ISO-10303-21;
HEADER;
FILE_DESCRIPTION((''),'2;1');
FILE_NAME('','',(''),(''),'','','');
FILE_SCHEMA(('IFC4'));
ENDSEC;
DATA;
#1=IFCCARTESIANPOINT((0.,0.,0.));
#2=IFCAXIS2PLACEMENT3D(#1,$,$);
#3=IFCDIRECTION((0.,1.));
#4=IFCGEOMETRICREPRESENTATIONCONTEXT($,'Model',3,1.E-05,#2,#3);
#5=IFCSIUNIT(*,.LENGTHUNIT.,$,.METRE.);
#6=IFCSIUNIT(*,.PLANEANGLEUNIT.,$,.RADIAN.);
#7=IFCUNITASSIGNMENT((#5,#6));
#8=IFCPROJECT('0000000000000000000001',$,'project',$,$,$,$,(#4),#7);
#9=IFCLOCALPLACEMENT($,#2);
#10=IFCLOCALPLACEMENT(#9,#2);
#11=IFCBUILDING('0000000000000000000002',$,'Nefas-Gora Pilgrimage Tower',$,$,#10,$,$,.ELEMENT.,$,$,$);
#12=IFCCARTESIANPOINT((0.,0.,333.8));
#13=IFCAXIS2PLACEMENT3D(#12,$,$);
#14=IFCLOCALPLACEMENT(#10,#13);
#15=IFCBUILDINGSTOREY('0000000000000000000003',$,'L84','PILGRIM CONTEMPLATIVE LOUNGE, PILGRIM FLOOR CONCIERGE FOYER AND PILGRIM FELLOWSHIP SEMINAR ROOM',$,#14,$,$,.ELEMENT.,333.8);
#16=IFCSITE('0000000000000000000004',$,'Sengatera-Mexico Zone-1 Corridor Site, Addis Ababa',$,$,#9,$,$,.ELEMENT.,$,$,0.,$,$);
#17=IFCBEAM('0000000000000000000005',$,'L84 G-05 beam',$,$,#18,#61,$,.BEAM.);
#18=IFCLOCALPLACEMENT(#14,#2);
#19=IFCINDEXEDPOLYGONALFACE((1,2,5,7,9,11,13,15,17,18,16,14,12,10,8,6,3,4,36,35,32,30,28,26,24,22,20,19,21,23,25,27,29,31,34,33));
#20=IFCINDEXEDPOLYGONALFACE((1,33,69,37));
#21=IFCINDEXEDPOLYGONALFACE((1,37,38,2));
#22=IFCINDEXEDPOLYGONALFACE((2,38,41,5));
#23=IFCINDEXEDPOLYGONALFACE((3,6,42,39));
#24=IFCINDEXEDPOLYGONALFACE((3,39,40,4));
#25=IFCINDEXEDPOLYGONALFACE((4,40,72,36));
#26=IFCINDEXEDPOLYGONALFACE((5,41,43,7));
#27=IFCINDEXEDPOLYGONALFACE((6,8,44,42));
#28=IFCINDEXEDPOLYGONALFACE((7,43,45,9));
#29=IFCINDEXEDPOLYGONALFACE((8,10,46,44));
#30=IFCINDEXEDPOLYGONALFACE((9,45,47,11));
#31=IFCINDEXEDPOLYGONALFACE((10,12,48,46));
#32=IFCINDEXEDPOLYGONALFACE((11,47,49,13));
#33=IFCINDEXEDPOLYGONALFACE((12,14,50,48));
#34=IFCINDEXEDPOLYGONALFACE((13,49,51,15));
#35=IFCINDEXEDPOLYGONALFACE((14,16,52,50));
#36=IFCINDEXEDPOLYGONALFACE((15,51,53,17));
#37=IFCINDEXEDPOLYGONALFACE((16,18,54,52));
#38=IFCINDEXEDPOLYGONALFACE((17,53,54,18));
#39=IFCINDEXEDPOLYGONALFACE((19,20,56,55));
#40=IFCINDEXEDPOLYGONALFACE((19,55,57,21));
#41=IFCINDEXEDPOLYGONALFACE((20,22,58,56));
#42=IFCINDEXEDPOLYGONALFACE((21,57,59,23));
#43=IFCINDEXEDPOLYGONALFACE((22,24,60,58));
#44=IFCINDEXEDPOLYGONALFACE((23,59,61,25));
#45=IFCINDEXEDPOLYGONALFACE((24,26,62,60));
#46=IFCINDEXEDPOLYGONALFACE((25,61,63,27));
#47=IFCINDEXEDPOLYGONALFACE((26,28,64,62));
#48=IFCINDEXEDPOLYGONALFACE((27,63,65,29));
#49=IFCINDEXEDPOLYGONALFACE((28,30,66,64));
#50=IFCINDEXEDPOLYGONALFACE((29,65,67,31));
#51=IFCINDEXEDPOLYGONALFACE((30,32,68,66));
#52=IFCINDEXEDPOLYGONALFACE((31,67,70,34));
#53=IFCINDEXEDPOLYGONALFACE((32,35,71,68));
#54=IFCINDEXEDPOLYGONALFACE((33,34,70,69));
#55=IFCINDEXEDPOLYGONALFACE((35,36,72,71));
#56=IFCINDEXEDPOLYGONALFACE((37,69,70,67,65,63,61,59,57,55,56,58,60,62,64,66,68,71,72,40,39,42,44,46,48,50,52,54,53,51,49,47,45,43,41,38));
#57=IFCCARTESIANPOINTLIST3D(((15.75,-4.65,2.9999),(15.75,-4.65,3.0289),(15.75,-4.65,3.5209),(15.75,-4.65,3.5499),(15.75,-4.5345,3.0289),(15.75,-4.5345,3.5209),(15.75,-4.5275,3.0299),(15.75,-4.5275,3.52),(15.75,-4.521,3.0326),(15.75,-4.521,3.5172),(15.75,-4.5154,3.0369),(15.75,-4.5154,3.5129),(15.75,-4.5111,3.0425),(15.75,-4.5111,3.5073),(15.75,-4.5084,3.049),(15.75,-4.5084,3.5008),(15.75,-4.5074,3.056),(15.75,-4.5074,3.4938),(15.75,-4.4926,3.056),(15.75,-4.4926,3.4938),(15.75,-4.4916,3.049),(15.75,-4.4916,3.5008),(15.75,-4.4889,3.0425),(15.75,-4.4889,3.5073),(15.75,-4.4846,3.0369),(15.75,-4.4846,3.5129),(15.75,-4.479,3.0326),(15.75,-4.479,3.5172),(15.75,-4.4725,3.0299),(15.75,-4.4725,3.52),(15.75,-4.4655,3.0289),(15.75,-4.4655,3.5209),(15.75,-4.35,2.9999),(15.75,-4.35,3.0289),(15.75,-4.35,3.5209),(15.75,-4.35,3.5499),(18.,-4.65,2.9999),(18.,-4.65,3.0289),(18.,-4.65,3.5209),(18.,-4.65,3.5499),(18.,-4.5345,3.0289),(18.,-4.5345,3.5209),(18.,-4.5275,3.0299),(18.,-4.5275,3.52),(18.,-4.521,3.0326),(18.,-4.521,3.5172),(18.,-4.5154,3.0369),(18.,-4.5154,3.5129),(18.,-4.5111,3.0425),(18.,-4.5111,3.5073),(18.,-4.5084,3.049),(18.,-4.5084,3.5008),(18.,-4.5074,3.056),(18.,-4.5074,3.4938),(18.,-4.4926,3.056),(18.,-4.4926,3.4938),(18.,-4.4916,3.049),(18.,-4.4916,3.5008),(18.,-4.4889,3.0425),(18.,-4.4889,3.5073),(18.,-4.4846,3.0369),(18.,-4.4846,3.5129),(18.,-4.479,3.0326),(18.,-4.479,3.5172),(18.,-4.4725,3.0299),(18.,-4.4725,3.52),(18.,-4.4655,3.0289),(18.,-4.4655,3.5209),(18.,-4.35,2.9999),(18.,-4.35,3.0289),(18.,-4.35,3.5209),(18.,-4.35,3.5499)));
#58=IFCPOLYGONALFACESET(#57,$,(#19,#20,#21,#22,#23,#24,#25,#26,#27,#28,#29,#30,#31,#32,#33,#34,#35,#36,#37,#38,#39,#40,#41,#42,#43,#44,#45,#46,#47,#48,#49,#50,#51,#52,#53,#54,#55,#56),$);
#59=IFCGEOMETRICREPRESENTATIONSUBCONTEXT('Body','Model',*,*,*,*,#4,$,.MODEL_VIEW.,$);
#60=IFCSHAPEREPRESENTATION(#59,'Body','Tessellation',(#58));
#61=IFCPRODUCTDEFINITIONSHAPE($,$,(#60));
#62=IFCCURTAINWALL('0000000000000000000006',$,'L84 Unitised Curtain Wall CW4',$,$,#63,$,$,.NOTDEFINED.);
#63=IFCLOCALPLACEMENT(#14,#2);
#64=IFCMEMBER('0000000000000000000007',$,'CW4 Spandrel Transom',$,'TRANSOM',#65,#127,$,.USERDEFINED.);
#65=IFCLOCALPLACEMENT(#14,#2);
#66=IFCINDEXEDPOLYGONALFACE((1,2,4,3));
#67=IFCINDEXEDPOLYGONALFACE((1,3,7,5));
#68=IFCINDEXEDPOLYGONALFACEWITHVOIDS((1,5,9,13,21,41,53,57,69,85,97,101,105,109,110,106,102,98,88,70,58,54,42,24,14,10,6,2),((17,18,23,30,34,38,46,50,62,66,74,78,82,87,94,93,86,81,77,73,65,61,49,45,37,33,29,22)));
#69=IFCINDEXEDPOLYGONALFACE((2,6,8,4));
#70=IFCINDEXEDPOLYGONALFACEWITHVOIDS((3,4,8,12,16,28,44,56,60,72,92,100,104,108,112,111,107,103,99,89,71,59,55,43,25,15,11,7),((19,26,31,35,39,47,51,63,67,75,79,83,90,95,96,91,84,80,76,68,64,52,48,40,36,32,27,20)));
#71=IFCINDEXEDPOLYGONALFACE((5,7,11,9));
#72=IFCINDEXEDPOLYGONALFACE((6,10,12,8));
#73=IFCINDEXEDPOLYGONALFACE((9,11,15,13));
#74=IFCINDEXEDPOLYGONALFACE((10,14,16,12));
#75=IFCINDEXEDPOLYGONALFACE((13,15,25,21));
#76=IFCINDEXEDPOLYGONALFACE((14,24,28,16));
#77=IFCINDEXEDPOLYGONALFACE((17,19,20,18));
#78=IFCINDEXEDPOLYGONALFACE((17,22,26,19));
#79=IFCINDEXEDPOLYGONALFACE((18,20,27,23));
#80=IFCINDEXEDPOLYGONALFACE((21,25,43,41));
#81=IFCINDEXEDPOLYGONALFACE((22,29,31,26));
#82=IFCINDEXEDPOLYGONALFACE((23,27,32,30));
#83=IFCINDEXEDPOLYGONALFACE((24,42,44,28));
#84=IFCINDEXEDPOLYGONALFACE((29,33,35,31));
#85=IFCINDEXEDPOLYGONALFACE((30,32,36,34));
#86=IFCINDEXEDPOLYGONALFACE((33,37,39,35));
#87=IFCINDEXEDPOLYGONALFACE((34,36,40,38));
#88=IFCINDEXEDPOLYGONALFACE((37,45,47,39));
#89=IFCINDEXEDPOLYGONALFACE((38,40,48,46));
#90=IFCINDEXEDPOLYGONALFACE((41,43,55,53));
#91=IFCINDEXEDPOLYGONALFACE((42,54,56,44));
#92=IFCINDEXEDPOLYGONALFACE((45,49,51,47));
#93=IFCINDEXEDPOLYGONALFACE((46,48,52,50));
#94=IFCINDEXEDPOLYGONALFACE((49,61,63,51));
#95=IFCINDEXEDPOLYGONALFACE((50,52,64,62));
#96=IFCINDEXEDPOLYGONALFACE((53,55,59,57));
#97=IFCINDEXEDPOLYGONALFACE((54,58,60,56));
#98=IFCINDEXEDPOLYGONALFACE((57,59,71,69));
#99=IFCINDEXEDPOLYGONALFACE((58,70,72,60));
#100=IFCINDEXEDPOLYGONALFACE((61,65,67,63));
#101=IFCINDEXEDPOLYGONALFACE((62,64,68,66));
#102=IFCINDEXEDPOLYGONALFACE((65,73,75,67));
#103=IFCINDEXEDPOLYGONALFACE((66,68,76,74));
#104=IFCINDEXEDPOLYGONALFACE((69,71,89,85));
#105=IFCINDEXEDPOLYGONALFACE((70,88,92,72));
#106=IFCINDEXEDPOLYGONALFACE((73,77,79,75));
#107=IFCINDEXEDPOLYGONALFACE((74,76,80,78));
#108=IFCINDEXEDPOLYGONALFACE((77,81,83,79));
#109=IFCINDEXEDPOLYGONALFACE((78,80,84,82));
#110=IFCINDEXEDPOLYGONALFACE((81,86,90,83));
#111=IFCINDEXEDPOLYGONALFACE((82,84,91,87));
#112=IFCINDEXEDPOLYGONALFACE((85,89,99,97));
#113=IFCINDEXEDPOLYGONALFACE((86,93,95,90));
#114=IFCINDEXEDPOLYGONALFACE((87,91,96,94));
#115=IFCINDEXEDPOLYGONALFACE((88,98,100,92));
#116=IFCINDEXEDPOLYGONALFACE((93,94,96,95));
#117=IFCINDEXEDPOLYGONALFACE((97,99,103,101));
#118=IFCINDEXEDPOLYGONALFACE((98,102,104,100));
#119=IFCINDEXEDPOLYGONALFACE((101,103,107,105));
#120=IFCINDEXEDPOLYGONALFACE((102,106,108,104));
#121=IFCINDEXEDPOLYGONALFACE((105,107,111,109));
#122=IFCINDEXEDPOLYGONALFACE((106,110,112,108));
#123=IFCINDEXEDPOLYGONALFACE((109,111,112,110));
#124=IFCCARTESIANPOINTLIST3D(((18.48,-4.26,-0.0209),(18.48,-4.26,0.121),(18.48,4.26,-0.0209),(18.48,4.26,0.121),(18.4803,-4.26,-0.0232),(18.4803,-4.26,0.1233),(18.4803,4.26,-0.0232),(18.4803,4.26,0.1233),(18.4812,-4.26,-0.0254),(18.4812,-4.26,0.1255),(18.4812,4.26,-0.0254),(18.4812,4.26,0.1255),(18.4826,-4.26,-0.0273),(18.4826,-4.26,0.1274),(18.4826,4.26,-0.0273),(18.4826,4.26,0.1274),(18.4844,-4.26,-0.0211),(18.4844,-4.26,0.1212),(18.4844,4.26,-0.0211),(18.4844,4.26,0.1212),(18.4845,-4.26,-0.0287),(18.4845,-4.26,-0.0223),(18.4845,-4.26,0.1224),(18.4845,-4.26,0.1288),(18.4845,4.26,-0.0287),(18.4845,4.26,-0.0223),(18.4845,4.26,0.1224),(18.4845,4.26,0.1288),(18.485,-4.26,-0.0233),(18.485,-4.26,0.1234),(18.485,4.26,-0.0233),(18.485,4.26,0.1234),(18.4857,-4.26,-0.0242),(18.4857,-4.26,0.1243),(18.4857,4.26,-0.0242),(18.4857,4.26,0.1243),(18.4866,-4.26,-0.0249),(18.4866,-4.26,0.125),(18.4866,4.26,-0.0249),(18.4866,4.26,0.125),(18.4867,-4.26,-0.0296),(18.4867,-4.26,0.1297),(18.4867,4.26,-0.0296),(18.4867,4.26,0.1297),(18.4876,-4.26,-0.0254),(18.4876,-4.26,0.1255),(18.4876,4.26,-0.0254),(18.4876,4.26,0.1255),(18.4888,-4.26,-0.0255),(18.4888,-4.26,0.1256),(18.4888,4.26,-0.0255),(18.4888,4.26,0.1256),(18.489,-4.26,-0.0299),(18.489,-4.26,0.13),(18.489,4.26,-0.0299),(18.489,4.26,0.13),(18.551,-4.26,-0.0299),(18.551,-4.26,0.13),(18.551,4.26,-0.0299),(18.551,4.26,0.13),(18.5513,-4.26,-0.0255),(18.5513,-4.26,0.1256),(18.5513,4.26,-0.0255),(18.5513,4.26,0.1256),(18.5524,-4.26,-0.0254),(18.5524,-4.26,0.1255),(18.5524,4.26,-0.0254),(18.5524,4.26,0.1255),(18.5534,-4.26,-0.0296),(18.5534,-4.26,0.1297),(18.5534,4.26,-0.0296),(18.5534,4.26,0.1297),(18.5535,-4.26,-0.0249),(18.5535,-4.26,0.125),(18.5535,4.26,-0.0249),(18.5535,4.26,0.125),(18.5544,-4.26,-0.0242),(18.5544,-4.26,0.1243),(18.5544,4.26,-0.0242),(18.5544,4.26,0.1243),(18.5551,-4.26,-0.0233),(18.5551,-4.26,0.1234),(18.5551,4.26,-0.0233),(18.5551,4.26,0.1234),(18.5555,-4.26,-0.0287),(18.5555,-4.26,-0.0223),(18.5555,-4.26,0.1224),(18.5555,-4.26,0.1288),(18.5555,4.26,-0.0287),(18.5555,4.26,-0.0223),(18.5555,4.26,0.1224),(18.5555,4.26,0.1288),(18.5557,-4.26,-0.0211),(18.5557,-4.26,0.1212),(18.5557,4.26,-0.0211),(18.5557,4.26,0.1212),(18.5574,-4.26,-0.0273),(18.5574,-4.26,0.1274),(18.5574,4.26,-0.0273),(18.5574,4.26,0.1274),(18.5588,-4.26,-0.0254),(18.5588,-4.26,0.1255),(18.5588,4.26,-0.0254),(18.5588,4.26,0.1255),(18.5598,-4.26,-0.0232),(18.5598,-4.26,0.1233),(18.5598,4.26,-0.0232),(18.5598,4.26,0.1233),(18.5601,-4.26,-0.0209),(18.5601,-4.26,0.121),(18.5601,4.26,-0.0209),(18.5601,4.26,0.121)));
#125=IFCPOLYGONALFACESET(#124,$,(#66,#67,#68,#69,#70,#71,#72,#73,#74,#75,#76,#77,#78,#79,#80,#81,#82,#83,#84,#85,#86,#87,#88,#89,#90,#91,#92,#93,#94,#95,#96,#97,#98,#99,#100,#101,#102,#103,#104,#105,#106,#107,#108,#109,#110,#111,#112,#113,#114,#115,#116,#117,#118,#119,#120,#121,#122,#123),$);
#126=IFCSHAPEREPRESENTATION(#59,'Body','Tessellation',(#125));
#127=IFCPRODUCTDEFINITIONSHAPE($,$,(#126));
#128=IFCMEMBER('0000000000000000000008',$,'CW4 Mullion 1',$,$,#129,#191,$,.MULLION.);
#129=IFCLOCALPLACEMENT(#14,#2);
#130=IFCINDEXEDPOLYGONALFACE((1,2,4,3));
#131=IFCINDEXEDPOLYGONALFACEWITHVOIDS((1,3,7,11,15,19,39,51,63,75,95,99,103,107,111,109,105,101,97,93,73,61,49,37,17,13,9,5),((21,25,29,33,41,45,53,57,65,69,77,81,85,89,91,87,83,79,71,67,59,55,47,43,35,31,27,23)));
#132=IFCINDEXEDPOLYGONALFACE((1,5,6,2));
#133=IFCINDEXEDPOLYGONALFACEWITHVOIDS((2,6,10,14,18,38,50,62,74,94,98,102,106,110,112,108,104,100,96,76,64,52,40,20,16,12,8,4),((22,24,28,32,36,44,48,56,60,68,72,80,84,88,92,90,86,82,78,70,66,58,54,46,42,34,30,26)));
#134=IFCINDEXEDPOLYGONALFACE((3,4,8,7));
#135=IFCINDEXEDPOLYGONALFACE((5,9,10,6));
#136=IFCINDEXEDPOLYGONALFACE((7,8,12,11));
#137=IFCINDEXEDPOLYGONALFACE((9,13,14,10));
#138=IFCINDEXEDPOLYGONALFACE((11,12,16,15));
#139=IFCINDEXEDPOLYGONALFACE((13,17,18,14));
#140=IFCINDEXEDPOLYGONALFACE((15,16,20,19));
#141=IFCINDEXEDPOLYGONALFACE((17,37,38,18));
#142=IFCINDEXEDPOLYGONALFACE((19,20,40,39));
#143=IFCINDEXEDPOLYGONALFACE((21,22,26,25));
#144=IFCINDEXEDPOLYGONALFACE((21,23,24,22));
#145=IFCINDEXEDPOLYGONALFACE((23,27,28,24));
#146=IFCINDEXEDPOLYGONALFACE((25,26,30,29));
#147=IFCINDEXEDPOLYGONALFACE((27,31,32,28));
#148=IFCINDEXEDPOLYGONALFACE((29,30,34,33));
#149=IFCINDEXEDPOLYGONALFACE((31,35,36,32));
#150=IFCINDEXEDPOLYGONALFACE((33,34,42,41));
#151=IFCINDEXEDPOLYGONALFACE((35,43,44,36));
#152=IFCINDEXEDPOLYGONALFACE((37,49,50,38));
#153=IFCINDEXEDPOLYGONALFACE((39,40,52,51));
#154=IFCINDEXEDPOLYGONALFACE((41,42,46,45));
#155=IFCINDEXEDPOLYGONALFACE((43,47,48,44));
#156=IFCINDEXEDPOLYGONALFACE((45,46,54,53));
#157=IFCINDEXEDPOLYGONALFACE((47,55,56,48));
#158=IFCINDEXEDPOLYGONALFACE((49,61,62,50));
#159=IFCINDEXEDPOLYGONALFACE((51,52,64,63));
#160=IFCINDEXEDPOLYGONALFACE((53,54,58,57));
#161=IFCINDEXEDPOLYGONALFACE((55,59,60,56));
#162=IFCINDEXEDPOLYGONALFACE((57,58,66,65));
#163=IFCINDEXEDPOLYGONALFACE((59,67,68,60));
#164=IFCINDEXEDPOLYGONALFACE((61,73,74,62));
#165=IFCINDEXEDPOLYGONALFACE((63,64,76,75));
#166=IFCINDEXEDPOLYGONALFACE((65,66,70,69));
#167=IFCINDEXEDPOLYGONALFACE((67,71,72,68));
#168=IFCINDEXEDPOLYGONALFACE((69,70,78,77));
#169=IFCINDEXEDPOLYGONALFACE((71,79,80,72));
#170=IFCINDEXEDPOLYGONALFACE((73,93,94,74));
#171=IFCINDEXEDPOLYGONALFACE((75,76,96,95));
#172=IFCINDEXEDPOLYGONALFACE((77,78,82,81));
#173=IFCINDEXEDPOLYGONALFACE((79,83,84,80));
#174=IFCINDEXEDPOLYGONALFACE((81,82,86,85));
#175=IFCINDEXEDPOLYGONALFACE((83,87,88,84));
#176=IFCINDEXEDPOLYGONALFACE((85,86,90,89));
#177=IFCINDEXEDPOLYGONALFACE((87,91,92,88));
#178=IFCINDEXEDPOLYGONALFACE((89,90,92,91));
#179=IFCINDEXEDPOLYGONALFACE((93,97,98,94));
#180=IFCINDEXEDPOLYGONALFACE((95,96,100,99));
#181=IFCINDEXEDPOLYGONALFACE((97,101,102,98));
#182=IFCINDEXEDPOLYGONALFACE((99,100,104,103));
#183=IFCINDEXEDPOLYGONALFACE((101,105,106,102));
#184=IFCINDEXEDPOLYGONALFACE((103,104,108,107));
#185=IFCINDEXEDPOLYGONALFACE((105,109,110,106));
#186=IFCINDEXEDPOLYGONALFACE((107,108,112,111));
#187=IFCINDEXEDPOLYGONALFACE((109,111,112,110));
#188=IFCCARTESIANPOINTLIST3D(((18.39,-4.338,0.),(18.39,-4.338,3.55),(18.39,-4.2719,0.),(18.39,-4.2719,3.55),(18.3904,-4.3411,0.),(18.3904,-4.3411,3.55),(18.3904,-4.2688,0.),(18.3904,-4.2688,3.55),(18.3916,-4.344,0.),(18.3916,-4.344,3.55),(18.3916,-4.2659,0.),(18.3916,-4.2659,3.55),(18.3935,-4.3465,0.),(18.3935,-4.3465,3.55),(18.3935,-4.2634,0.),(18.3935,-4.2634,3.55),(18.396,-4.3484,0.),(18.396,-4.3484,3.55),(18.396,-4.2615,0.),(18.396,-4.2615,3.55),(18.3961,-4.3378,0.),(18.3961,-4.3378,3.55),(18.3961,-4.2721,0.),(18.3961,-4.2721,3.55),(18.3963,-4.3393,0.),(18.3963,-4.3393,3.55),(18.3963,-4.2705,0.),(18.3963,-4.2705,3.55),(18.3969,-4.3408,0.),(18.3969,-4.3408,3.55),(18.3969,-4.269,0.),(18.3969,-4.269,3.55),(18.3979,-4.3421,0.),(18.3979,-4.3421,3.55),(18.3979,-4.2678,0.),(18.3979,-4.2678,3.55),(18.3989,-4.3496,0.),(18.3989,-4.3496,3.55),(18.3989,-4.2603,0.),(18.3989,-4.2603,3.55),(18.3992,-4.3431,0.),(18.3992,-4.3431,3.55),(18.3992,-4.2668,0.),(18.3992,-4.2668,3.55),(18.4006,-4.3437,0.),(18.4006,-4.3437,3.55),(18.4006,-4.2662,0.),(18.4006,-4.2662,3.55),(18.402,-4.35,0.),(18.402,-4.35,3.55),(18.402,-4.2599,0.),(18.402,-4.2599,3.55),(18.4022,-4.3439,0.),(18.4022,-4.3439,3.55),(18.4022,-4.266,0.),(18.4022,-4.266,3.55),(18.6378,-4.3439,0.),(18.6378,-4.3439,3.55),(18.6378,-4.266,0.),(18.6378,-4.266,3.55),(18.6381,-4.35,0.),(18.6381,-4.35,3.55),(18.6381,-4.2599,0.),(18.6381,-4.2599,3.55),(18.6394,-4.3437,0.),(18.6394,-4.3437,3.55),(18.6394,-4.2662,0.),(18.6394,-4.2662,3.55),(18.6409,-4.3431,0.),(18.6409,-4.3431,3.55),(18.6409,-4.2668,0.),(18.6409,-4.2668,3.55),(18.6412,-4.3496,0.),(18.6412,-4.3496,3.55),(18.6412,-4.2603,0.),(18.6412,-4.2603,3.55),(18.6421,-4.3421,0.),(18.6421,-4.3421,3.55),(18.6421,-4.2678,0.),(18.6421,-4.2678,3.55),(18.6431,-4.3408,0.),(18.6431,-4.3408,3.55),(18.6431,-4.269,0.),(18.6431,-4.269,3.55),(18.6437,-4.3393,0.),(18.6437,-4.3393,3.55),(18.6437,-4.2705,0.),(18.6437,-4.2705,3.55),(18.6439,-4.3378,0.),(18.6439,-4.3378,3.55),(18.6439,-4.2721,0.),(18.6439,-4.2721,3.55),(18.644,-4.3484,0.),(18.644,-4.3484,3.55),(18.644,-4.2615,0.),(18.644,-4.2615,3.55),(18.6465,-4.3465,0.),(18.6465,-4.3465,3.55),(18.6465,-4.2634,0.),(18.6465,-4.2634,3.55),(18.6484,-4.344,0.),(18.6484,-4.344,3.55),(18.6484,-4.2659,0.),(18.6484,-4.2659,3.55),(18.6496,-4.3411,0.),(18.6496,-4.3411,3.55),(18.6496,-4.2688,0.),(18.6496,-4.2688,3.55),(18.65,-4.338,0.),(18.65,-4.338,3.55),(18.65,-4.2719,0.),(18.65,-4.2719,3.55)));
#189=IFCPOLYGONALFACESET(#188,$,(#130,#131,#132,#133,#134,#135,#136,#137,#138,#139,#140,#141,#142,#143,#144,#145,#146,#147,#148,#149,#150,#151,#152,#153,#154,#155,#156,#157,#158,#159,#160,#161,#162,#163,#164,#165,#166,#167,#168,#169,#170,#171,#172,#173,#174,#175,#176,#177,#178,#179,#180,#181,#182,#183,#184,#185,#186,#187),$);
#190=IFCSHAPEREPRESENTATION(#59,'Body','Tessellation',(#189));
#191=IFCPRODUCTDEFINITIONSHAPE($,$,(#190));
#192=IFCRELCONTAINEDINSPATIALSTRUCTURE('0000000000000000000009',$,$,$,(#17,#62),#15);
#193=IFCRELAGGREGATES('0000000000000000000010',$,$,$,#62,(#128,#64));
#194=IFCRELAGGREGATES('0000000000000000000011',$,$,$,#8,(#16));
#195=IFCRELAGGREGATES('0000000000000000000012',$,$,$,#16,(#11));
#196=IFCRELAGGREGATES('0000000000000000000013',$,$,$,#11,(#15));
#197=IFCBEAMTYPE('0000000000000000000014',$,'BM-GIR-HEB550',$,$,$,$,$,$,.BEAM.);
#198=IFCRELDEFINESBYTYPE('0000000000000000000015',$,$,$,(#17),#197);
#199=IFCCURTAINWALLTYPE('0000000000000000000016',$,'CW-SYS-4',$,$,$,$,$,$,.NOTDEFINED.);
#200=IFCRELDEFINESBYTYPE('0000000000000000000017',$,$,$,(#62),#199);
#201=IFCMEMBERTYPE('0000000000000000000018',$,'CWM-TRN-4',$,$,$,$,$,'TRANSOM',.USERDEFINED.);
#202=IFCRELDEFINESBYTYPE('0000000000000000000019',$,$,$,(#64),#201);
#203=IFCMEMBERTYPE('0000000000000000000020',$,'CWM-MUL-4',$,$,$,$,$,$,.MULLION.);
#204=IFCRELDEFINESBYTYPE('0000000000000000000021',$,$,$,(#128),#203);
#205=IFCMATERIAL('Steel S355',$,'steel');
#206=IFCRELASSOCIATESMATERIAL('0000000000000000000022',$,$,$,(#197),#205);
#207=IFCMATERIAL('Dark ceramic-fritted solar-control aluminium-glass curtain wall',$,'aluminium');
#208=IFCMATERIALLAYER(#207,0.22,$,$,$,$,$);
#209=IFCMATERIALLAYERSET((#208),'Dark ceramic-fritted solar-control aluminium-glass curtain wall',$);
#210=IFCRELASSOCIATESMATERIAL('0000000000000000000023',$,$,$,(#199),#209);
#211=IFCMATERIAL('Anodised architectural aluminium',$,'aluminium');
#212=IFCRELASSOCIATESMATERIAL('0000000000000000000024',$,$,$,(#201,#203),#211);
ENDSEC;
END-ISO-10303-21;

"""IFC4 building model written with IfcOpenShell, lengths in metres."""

from ifc_helpers import new_model, si_unit, direction, frame, origin, origin_2d, place, context, subcontext, project, spatial, hollow_rectangle, i_section, extrude, source, transform, mapped, material, layer, layer_set, material_profile, profile_set, type_object, element, aggregate, save


model = new_model("IFC4")

# Units and contexts
model_context = context("Model", 3, precision=1e-05, world=origin(), true_north=direction((0.0, 1.0)))
body_context = subcontext(model_context, "Body", "Model", "MODEL_VIEW")
ifc_project = project(units=[si_unit("LENGTHUNIT", "METRE"), si_unit("PLANEANGLEUNIT", "RADIAN")], contexts=[model_context])

# Site, building, storey
site_placement = place(None, origin())
site = spatial("IfcSite", under=ifc_project, at=site_placement, Name="Sengatera-Mexico Zone-1 Corridor Site, Addis Ababa", CompositionType="ELEMENT", RefElevation=0.0)
building_placement = place(site_placement, origin())
building = spatial("IfcBuilding", under=site, at=building_placement, Name="Nefas-Gora Pilgrimage Tower", CompositionType="ELEMENT")
storey_placement = place(building_placement, frame((0.0, 0.0, 333.8)))
storey = spatial("IfcBuildingStorey", under=building, at=storey_placement, Name="L84", Description="PILGRIM CONTEMPLATIVE LOUNGE, PILGRIM FLOOR CONCIERGE FOYER AND PILGRIM FELLOWSHIP SEMINAR ROOM", CompositionType="ELEMENT", Elevation=333.8)

# Shared definitions
ifc_material_1 = material(Name="Steel S355", Category="steel")

# Beam
ifc_material_profile_1 = material_profile(ifc_material_1, i_section(OverallWidth=0.3, OverallDepth=0.55, WebThickness=0.0149, FlangeThickness=0.0291, FilletRadius=0.0271, at=origin_2d()), Name="HEB 550")
ifc_profile_set_1 = profile_set([ifc_material_profile_1], Name="Steel S355")
beam_type_1 = type_object("IfcBeamType", Name="BM-GIR-HEB550", PredefinedType="BEAM", material=ifc_profile_set_1)
shared_shape_1 = source(origin(), body_context, "Body", "SweptSolid", [
    extrude(i_section(OverallWidth=0.3, OverallDepth=0.55, WebThickness=0.0149, FlangeThickness=0.0291, FilletRadius=0.0271, at=origin_2d()), origin(), (0.0, 0.0, 1.0), 2.25),
])
beam_1_placement = place(storey_placement, frame((15.75, -4.5, 3.2749), z_axis=(1.0, 0.0, 0.0), x_axis=(0.0, 1.0, 0.0)))
element("IfcBeam", 1, at=beam_1_placement, inside=storey, type_object=beam_type_1, Name="L84 G-05 beam", PredefinedType="BEAM", context=body_context, shape_type="MappedRepresentation", body=[
    mapped(shared_shape_1, transform((0.0, 0.0, 0.0), x_axis=(1.0, 0.0, 0.0), y_axis=(0.0, 1.0, 0.0), z_axis=(0.0, 0.0, 1.0), scale=1.0)),
])

# Curtain wall, members
ifc_material_2 = material(Name="Dark ceramic-fritted solar-control aluminium-glass curtain wall", Category="aluminium")
ifc_layer_1 = layer(ifc_material_2, 0.22)
ifc_layer_set_1 = layer_set([ifc_layer_1], Name="Dark ceramic-fritted solar-control aluminium-glass curtain wall")
curtain_wall_type = type_object("IfcCurtainWallType", Name="CW-SYS-4", PredefinedType="NOTDEFINED", material=ifc_layer_set_1)
curtain_wall_placement = place(storey_placement, origin())
curtain_wall = element("IfcCurtainWall", 2, at=curtain_wall_placement, inside=storey, type_object=curtain_wall_type, Name="L84 Unitised Curtain Wall CW4", PredefinedType="NOTDEFINED")
ifc_material_3 = material(Name="Anodised architectural aluminium", Category="aluminium")
ifc_material_profile_2 = material_profile(ifc_material_3, hollow_rectangle(XDim=0.0801, YDim=0.1599, WallThickness=0.0044, InnerFilletRadius=0.0044, OuterFilletRadius=0.009, at=origin_2d()), Name="ALU TRANSOM 80x160")
ifc_profile_set_2 = profile_set([ifc_material_profile_2], Name="Anodised architectural aluminium")
member_type_1 = type_object("IfcMemberType", Name="CWM-TRN-4", ElementType="TRANSOM", PredefinedType="USERDEFINED", material=ifc_profile_set_2)
shared_shape_2 = source(origin(), body_context, "Body", "SweptSolid", [
    extrude(hollow_rectangle(XDim=0.0801, YDim=0.1599, WallThickness=0.0044, InnerFilletRadius=0.0044, OuterFilletRadius=0.009, at=origin_2d()), origin(), (0.0, 0.0, 1.0), 8.52),
])
member_1_placement = place(storey_placement, frame((18.52, -4.26, 0.05), z_axis=(0.0, 1.0, 0.0), x_axis=(-1.0, 0.0, 0.0)))
member_1 = element("IfcMember", 3, at=member_1_placement, type_object=member_type_1, Name="CW4 Spandrel Transom", ObjectType="TRANSOM", PredefinedType="USERDEFINED", context=body_context, shape_type="MappedRepresentation", body=[
    mapped(shared_shape_2, transform((0.0, 0.0, 0.0), x_axis=(1.0, 0.0, 0.0), y_axis=(0.0, 1.0, 0.0), z_axis=(0.0, 0.0, 1.0), scale=1.0)),
])
ifc_material_profile_3 = material_profile(ifc_material_3, hollow_rectangle(XDim=0.0901, YDim=0.26, WallThickness=0.0061, InnerFilletRadius=0.0061, OuterFilletRadius=0.012, at=origin_2d()), Name="ALU MULLION 90x260")
ifc_profile_set_3 = profile_set([ifc_material_profile_3], Name="Anodised architectural aluminium")
member_type_2 = type_object("IfcMemberType", Name="CWM-MUL-4", PredefinedType="MULLION", material=ifc_profile_set_3)
shared_shape_3 = source(origin(), body_context, "Body", "SweptSolid", [
    extrude(hollow_rectangle(XDim=0.0901, YDim=0.26, WallThickness=0.0061, InnerFilletRadius=0.0061, OuterFilletRadius=0.012, at=origin_2d()), origin(), (0.0, 0.0, 1.0), 3.55),
])
member_2_placement = place(storey_placement, frame((18.52, -4.3049, 0.0), z_axis=(0.0, 0.0, 1.0), x_axis=(0.0, 1.0, 0.0)))
member_2 = element("IfcMember", 4, at=member_2_placement, type_object=member_type_2, Name="CW4 Mullion 1", PredefinedType="MULLION", context=body_context, shape_type="MappedRepresentation", body=[
    mapped(shared_shape_3, transform((0.0, 0.0, 0.0), x_axis=(1.0, 0.0, 0.0), y_axis=(0.0, 1.0, 0.0), z_axis=(0.0, 0.0, 1.0), scale=1.0)),
])
aggregate(curtain_wall, [member_2, member_1])

save(model, "model.ifc")
